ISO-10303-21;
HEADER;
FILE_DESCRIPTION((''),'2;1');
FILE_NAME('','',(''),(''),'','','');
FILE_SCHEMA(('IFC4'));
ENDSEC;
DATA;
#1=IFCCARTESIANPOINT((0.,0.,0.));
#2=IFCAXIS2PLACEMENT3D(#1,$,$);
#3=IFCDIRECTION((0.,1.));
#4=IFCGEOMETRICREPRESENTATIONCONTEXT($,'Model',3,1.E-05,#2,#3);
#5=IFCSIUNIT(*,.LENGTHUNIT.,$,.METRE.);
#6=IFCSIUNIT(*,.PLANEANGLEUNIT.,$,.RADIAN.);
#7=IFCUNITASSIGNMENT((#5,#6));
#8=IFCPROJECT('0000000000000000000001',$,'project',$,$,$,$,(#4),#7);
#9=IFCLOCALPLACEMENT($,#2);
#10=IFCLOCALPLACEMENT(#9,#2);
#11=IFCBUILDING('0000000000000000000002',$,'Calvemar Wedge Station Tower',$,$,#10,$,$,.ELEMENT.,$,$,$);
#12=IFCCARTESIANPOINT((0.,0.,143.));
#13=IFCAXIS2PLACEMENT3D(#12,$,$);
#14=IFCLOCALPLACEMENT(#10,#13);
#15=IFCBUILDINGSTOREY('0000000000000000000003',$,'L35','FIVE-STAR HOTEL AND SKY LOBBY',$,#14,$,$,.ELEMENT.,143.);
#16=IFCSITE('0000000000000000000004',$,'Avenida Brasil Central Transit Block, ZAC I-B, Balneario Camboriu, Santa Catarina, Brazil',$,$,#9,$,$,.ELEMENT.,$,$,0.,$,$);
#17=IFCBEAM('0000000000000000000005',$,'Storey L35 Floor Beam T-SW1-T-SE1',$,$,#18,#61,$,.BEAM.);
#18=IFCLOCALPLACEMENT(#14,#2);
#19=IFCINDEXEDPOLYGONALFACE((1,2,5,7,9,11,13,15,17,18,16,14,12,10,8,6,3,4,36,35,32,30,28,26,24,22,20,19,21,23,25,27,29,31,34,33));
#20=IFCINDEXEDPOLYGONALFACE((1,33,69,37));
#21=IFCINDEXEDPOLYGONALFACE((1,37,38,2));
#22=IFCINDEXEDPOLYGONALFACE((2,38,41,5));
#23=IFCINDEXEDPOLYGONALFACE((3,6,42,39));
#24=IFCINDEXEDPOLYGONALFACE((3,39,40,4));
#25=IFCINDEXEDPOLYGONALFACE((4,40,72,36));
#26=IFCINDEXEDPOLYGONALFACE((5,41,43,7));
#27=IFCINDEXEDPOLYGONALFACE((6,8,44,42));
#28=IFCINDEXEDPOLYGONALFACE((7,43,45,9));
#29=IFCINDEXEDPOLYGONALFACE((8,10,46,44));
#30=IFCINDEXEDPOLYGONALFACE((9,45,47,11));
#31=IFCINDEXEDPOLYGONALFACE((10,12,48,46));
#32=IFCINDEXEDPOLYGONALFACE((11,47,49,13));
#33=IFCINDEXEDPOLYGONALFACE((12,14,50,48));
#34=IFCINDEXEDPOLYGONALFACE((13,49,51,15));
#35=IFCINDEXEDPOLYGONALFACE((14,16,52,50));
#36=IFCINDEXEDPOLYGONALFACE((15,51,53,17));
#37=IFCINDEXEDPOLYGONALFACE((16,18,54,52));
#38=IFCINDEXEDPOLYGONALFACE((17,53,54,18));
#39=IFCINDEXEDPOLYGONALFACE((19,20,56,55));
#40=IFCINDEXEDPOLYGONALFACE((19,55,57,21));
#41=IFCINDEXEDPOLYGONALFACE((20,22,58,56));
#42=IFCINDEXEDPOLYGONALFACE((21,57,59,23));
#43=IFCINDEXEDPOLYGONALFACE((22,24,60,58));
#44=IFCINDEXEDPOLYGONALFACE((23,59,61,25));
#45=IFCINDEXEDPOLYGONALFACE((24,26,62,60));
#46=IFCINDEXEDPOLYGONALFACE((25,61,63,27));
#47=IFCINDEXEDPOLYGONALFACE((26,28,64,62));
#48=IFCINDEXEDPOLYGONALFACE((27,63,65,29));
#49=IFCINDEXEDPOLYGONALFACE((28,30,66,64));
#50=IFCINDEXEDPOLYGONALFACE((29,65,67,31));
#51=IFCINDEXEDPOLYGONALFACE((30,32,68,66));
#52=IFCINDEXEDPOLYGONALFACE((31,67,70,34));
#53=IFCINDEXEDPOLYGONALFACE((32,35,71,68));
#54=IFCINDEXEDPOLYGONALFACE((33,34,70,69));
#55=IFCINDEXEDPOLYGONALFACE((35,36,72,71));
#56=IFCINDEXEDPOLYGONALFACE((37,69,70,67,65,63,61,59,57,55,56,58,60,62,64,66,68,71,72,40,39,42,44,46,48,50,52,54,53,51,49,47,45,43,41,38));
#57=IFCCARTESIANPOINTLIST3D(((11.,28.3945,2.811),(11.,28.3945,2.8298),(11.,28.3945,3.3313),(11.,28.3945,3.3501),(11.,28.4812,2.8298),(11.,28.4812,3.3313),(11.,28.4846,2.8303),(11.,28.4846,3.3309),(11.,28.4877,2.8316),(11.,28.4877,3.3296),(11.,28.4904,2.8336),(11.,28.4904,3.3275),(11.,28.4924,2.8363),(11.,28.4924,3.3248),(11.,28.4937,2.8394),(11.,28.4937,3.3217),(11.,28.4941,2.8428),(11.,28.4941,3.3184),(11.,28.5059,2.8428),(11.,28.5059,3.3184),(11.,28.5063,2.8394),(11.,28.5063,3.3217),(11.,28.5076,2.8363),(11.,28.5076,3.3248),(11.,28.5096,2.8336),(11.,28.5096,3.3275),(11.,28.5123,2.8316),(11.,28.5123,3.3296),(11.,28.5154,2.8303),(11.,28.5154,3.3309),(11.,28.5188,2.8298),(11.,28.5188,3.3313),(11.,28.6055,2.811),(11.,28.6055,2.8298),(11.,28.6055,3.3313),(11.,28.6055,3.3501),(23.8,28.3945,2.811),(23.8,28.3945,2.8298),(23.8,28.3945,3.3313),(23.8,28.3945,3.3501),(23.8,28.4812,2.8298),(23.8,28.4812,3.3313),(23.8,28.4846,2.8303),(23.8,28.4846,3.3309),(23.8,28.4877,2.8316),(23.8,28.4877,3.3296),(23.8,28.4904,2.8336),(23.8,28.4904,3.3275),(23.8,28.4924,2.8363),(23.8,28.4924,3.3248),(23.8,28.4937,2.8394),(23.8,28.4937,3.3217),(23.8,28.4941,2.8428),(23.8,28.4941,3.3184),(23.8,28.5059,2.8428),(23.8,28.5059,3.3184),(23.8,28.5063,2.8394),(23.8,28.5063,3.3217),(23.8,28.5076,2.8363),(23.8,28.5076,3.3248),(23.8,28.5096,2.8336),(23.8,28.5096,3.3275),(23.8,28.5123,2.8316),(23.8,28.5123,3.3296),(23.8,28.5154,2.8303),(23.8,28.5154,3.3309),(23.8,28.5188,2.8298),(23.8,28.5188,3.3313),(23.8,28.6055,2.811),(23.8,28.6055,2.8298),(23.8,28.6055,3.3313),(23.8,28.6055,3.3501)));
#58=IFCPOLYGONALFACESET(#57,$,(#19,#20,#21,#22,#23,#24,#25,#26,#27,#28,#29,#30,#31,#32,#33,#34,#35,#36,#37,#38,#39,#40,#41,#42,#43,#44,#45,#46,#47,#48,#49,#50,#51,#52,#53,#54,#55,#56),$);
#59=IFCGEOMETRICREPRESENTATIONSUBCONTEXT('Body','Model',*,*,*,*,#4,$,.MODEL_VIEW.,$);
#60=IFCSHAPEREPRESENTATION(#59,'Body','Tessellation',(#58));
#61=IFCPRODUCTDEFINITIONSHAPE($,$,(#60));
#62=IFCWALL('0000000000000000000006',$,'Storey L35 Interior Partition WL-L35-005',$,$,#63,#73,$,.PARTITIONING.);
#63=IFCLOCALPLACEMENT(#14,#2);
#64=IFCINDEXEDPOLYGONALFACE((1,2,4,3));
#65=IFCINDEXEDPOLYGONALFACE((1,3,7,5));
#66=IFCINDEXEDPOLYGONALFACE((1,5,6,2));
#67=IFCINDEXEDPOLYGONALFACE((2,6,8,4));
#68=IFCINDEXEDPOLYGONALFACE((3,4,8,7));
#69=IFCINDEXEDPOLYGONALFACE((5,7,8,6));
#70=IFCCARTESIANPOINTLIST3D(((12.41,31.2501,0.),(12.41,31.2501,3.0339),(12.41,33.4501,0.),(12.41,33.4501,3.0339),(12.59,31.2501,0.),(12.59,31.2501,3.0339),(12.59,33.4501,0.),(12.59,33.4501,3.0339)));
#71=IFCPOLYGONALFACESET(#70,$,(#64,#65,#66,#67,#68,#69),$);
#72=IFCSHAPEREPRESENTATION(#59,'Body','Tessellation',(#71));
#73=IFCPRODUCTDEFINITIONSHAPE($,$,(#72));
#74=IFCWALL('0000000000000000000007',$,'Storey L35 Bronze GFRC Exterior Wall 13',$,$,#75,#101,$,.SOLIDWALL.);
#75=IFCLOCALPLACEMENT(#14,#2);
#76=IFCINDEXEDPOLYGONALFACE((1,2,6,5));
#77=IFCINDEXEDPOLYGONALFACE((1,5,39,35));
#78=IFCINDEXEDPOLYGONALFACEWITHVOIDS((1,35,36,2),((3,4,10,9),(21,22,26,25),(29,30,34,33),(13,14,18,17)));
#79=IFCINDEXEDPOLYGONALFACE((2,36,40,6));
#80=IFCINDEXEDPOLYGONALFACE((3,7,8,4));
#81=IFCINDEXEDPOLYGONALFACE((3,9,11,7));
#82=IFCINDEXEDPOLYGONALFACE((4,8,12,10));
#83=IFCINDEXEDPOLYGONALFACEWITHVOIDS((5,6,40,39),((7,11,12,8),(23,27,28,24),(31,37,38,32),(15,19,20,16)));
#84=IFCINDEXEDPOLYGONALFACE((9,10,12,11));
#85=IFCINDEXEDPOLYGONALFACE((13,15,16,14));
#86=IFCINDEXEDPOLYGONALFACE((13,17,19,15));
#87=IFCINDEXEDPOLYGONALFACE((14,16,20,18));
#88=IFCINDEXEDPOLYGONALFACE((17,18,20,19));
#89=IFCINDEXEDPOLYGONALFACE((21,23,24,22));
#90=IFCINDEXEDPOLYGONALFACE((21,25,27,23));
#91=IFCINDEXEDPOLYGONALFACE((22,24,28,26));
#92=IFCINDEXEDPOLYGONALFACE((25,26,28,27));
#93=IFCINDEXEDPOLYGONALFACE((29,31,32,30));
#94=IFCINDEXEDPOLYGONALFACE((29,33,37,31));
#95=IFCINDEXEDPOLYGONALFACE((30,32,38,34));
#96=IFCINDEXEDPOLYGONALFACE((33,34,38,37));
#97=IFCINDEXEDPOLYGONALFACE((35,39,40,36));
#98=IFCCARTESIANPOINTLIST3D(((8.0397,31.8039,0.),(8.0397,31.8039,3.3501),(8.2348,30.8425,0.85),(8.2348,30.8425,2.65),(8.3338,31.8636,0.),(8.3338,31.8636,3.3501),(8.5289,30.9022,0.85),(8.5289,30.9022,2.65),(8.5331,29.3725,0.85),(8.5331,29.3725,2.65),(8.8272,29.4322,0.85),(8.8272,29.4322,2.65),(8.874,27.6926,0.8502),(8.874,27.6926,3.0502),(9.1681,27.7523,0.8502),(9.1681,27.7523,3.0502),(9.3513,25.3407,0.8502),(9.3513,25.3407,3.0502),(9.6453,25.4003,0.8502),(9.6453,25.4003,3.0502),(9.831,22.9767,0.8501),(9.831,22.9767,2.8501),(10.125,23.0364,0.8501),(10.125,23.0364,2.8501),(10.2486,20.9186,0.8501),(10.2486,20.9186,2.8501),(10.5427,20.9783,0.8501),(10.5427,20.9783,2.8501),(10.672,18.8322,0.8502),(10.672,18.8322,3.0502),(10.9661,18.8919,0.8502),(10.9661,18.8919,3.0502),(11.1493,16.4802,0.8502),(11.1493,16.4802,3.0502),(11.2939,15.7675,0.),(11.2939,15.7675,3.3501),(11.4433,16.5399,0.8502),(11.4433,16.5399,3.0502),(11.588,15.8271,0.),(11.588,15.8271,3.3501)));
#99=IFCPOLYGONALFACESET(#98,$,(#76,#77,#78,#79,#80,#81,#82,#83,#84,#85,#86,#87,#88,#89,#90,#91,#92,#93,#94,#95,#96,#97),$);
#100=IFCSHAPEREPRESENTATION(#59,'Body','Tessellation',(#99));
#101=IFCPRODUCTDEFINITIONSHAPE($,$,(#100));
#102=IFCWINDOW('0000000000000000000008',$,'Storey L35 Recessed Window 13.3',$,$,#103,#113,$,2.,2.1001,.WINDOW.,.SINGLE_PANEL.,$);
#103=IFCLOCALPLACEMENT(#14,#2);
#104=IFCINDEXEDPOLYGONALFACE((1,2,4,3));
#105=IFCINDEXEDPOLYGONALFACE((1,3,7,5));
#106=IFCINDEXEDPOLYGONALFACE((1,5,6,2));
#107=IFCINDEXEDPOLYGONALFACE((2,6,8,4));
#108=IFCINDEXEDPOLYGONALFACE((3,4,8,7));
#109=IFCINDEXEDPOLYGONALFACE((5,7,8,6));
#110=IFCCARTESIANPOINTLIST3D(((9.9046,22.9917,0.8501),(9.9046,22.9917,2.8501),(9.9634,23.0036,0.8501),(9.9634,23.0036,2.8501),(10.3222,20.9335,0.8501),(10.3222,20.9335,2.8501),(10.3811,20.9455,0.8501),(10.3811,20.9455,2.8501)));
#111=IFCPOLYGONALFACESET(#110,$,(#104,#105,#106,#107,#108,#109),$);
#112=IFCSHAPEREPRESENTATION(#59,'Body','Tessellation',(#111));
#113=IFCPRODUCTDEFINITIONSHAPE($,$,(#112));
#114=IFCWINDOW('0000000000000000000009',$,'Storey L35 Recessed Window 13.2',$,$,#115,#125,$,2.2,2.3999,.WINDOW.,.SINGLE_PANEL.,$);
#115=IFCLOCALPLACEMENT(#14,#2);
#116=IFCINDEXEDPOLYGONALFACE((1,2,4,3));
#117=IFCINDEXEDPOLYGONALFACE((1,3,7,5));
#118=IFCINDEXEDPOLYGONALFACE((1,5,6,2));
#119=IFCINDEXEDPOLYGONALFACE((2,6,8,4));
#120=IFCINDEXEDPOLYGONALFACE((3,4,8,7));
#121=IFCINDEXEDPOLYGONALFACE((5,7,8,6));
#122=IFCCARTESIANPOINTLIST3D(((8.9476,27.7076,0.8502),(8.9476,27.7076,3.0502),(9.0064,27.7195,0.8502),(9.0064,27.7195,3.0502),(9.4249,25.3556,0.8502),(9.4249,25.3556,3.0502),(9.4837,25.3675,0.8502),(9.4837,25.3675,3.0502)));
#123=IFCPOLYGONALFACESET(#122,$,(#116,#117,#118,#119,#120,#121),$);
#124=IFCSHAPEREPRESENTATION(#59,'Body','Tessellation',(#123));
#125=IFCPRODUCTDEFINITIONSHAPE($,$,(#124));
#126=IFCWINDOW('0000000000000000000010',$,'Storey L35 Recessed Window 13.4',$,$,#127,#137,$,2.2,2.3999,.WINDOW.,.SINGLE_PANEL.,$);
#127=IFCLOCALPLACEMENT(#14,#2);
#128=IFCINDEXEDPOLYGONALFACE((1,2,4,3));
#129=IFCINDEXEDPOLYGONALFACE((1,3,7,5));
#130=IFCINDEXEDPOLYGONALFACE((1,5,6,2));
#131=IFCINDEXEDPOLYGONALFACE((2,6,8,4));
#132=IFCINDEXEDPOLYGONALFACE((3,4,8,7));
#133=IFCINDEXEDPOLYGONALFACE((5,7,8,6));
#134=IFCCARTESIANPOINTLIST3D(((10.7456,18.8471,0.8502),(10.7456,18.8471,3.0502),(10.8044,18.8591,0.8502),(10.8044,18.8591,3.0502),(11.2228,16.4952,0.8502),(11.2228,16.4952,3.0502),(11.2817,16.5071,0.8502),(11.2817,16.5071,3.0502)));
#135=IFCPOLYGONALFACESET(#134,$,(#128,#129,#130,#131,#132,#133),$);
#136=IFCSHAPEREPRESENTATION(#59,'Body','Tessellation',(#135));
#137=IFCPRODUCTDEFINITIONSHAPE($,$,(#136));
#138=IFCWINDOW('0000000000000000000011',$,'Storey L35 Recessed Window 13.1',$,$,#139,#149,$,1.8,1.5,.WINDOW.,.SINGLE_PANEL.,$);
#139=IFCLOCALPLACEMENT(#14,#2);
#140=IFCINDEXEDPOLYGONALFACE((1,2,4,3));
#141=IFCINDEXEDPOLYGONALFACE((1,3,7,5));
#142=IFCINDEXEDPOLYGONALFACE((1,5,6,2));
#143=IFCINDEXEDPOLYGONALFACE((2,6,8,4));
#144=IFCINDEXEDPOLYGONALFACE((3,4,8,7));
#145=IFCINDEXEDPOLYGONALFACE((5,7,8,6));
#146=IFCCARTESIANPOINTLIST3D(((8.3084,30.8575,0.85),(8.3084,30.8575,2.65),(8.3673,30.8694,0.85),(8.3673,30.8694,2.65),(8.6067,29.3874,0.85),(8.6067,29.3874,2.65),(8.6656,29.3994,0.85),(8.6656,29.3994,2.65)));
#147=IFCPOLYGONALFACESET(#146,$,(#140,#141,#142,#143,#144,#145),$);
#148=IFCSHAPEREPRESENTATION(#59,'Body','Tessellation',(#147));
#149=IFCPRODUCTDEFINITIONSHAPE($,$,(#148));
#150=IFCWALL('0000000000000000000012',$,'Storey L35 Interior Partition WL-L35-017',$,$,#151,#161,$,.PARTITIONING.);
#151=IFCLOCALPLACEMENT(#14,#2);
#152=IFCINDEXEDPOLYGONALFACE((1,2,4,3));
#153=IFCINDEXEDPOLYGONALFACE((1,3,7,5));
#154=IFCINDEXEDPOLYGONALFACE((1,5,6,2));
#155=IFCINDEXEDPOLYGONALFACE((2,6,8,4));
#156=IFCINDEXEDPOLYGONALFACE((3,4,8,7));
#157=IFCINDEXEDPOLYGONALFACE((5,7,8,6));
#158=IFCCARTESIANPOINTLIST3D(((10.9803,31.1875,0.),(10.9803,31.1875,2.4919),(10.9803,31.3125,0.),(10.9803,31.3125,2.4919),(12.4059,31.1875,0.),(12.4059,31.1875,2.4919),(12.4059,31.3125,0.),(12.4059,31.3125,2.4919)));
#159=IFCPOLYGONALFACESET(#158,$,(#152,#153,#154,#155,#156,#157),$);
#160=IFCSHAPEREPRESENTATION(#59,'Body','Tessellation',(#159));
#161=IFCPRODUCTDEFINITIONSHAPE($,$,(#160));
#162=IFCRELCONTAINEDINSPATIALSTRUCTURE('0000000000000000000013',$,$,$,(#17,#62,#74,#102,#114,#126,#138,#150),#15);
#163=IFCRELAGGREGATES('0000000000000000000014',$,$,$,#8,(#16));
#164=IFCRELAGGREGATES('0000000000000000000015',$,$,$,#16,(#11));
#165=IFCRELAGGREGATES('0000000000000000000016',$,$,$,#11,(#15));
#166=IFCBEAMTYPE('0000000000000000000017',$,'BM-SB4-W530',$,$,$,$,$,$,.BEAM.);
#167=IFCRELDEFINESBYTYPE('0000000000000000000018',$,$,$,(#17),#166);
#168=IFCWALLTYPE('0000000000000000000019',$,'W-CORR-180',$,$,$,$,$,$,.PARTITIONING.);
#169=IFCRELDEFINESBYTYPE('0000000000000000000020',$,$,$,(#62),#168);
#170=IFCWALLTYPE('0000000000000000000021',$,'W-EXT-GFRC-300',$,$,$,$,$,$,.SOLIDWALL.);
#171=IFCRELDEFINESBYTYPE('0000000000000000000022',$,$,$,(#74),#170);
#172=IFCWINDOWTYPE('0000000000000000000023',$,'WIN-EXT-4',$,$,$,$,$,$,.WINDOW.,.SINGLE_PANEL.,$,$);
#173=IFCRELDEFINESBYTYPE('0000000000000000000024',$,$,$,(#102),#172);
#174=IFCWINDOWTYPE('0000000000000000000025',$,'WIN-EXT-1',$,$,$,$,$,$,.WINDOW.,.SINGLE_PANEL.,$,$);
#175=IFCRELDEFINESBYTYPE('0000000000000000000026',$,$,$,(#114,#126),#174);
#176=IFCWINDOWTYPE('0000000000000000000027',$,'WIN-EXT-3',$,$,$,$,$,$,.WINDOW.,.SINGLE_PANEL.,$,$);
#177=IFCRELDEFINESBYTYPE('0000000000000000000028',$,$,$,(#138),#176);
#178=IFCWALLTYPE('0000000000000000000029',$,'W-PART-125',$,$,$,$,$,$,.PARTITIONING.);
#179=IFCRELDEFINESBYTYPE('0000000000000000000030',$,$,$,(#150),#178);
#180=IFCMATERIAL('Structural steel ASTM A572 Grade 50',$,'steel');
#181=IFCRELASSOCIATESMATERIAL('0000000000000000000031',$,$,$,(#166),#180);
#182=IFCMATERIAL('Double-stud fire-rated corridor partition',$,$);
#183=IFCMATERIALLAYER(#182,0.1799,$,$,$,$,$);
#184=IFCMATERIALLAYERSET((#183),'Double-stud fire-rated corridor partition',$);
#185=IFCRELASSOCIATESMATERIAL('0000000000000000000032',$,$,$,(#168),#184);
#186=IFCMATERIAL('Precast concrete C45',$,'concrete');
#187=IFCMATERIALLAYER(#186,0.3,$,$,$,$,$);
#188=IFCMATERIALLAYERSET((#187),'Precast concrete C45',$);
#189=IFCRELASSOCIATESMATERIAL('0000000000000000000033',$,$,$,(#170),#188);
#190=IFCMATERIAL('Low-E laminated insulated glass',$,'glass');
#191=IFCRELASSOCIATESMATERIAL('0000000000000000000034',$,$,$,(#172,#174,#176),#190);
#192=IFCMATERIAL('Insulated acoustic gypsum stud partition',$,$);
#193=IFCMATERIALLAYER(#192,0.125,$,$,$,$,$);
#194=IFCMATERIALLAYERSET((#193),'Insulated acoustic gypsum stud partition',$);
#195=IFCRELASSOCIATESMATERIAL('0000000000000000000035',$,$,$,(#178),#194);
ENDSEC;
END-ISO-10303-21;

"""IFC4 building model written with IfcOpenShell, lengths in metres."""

from ifc_helpers import new_model, si_unit, direction, frame, frame_2d, origin, origin_2d, place, context, subcontext, project, spatial, rectangle, i_section, extrude, source, transform, mapped, material, layer, layer_set, material_profile, profile_set, type_object, element, fill, save


model = new_model("IFC4")

# Units and contexts
model_context = context("Model", 3, precision=1e-05, world=origin(), true_north=direction((0.0, 1.0)))
body_context = subcontext(model_context, "Body", "Model", "MODEL_VIEW")
ifc_project = project(units=[si_unit("LENGTHUNIT", "METRE"), si_unit("PLANEANGLEUNIT", "RADIAN")], contexts=[model_context])

# Site, building, storey
site_placement = place(None, origin())
site = spatial("IfcSite", under=ifc_project, at=site_placement, Name="Avenida Brasil Central Transit Block, ZAC I-B, Balneario Camboriu, Santa Catarina, Brazil", CompositionType="ELEMENT", RefElevation=0.0)
building_placement = place(site_placement, origin())
building = spatial("IfcBuilding", under=site, at=building_placement, Name="Calvemar Wedge Station Tower", CompositionType="ELEMENT")
storey_placement = place(building_placement, frame((0.0, 0.0, 143.0)))
storey = spatial("IfcBuildingStorey", under=building, at=storey_placement, Name="L35", Description="FIVE-STAR HOTEL AND SKY LOBBY", CompositionType="ELEMENT", Elevation=143.0)

# Beam
ifc_material_1 = material(Name="Structural steel ASTM A572 Grade 50", Category="steel")
ifc_material_profile_1 = material_profile(ifc_material_1, i_section(OverallWidth=0.2109, OverallDepth=0.5391, WebThickness=0.0117, FlangeThickness=0.0188, FilletRadius=0.0129, at=origin_2d()), Name="W530x109")
ifc_profile_set_1 = profile_set([ifc_material_profile_1], Name="Structural steel ASTM A572 Grade 50")
beam_type_1 = type_object("IfcBeamType", Name="BM-SB4-W530", PredefinedType="BEAM", material=ifc_profile_set_1)
shared_shape_1 = source(origin(), body_context, "Body", "SweptSolid", [
    extrude(i_section(OverallWidth=0.2109, OverallDepth=0.5391, WebThickness=0.0117, FlangeThickness=0.0188, FilletRadius=0.0129, at=origin_2d()), origin(), (0.0, 0.0, 1.0), 12.8),
])
beam_1_placement = place(storey_placement, frame((11.0, 28.5, 3.0806), z_axis=(1.0, 0.0, 0.0), x_axis=(0.0, 1.0, 0.0)))
element("IfcBeam", 1, at=beam_1_placement, inside=storey, type_object=beam_type_1, Name="Storey L35 Floor Beam T-SW1-T-SE1", PredefinedType="BEAM", context=body_context, shape_type="MappedRepresentation", body=[
    mapped(shared_shape_1, transform((0.0, 0.0, 0.0), scale=1.0)),
])

# Wall
ifc_material_2 = material(Name="Double-stud fire-rated corridor partition")
ifc_layer_1 = layer(ifc_material_2, 0.1799)
ifc_layer_set_1 = layer_set([ifc_layer_1], Name="Double-stud fire-rated corridor partition")
wall_type_1 = type_object("IfcWallType", Name="W-CORR-180", PredefinedType="PARTITIONING", material=ifc_layer_set_1)
wall_1_placement = place(storey_placement, frame((12.5, 31.25, 0.0), z_axis=(0.0, 0.0, 1.0), x_axis=(0.0, 1.0, 0.0)))
element("IfcWall", 2, at=wall_1_placement, inside=storey, type_object=wall_type_1, Name="Storey L35 Interior Partition WL-L35-005", PredefinedType="PARTITIONING", context=body_context, shape_type="SweptSolid", body=[
    extrude(rectangle(XDim=2.2, YDim=0.1799, at=frame_2d((1.1001, 0.0))), origin(), (0.0, 0.0, 1.0), 3.0339),
])

# Wall, openings, windows
ifc_material_3 = material(Name="Precast concrete C45", Category="concrete")
ifc_layer_2 = layer(ifc_material_3, 0.3)
ifc_layer_set_2 = layer_set([ifc_layer_2], Name="Precast concrete C45")
wall_type_2 = type_object("IfcWallType", Name="W-EXT-GFRC-300", PredefinedType="SOLIDWALL", material=ifc_layer_set_2)
wall_2_placement = place(storey_placement, frame((8.1868, 31.8337, 0.0), z_axis=(0.0, 0.0, 1.0), x_axis=(0.19887, -0.980026, 0.0)))
wall_2 = element("IfcWall", 3, at=wall_2_placement, inside=storey, type_object=wall_type_2, Name="Storey L35 Bronze GFRC Exterior Wall 13", PredefinedType="SOLIDWALL", context=body_context, shape_type="SweptSolid", body=[
    extrude(rectangle(XDim=16.3633, YDim=0.3, at=frame_2d((8.1816, 0.0))), origin(), (0.0, 0.0, 1.0), 3.3501),
])
shared_shape_2 = source(origin(), body_context, "Body", "SweptSolid", [
    extrude(rectangle(XDim=1.5, YDim=1.8, at=frame_2d((0.75, 0.8999))), frame((0.0, 0.1602, 0.0), z_axis=(0.0, -1.0, 0.0), x_axis=(1.0, 0.0, 0.0)), (0.0, 0.0, 1.0), 0.3201),
])
opening_1_placement = place(wall_2_placement, frame((0.981, 0.0, 0.8501)))
opening_1 = element("IfcOpeningElement", 4, at=opening_1_placement, cuts=wall_2, PredefinedType="OPENING", context=body_context, shape_type="MappedRepresentation", body=[
    mapped(shared_shape_2, transform((0.0, 0.0, 0.0), scale=1.0)),
])
shared_shape_3 = source(origin(), body_context, "Body", "SweptSolid", [
    extrude(rectangle(XDim=2.3999, YDim=2.2, at=frame_2d((1.2, 1.1001))), frame((0.0, 0.1602, 0.0), z_axis=(0.0, -1.0, 0.0), x_axis=(1.0, 0.0, 0.0)), (0.0, 0.0, 1.0), 0.3201),
])
opening_2_placement = place(wall_2_placement, frame((4.1951, 0.0, 0.8501)))
opening_2 = element("IfcOpeningElement", 5, at=opening_2_placement, cuts=wall_2, PredefinedType="OPENING", context=body_context, shape_type="MappedRepresentation", body=[
    mapped(shared_shape_3, transform((0.0, 0.0, 0.0), scale=1.0)),
])
shared_shape_4 = source(origin(), body_context, "Body", "SweptSolid", [
    extrude(rectangle(XDim=2.1001, YDim=2.0, at=frame_2d((1.05, 1.0))), frame((0.0, 0.1602, 0.0), z_axis=(0.0, -1.0, 0.0), x_axis=(1.0, 0.0, 0.0)), (0.0, 0.0, 1.0), 0.3201),
])
opening_3_placement = place(wall_2_placement, frame((9.0071, 0.0, 0.8501)))
opening_3 = element("IfcOpeningElement", 6, at=opening_3_placement, cuts=wall_2, PredefinedType="OPENING", context=body_context, shape_type="MappedRepresentation", body=[
    mapped(shared_shape_4, transform((0.0, 0.0, 0.0), scale=1.0)),
])
opening_4_placement = place(wall_2_placement, frame((13.2361, 0.0, 0.8501)))
opening_4 = element("IfcOpeningElement", 7, at=opening_4_placement, cuts=wall_2, PredefinedType="OPENING", context=body_context, shape_type="MappedRepresentation", body=[
    mapped(shared_shape_3, transform((0.0, 0.0, 0.0), scale=1.0)),
])
ifc_material_4 = material(Name="Low-E laminated insulated glass", Category="glass")
window_type_1 = type_object("IfcWindowType", Name="WIN-EXT-4", PartitioningType="SINGLE_PANEL", PredefinedType="WINDOW", material=ifc_material_4)
shared_shape_5 = source(origin(), body_context, "Body", "SweptSolid", [
    extrude(rectangle(XDim=2.1001, YDim=2.0, at=frame_2d((1.05, 1.0))), frame((0.0, -0.0149, 0.0), z_axis=(0.0, -1.0, 0.0), x_axis=(1.0, 0.0, 0.0)), (0.0, 0.0, 1.0), 0.0601),
])
window_1_placement = place(opening_3_placement, origin())
window_1 = element("IfcWindow", 8, at=window_1_placement, inside=storey, type_object=window_type_1, Name="Storey L35 Recessed Window 13.3", OverallHeight=2.0, OverallWidth=2.1001, PartitioningType="SINGLE_PANEL", PredefinedType="WINDOW", context=body_context, shape_type="MappedRepresentation", body=[
    mapped(shared_shape_5, transform((0.0, 0.0, 0.0), scale=1.0)),
])
fill(opening_3, window_1)
window_type_2 = type_object("IfcWindowType", Name="WIN-EXT-1", PartitioningType="SINGLE_PANEL", PredefinedType="WINDOW", material=ifc_material_4)
shared_shape_6 = source(origin(), body_context, "Body", "SweptSolid", [
    extrude(rectangle(XDim=2.3999, YDim=2.2, at=frame_2d((1.2, 1.1001))), frame((0.0, -0.0149, 0.0), z_axis=(0.0, -1.0, 0.0), x_axis=(1.0, 0.0, 0.0)), (0.0, 0.0, 1.0), 0.0601),
])
window_2_placement = place(opening_2_placement, origin())
window_2 = element("IfcWindow", 9, at=window_2_placement, inside=storey, type_object=window_type_2, Name="Storey L35 Recessed Window 13.2", OverallHeight=2.2, OverallWidth=2.3999, PartitioningType="SINGLE_PANEL", PredefinedType="WINDOW", context=body_context, shape_type="MappedRepresentation", body=[
    mapped(shared_shape_6, transform((0.0, 0.0, 0.0), scale=1.0)),
])
fill(opening_2, window_2)
window_3_placement = place(opening_4_placement, origin())
window_3 = element("IfcWindow", 10, at=window_3_placement, inside=storey, type_object=window_type_2, Name="Storey L35 Recessed Window 13.4", OverallHeight=2.2, OverallWidth=2.3999, PartitioningType="SINGLE_PANEL", PredefinedType="WINDOW", context=body_context, shape_type="MappedRepresentation", body=[
    mapped(shared_shape_6, transform((0.0, 0.0, 0.0), scale=1.0)),
])
fill(opening_4, window_3)
window_type_3 = type_object("IfcWindowType", Name="WIN-EXT-3", PartitioningType="SINGLE_PANEL", PredefinedType="WINDOW", material=ifc_material_4)
shared_shape_7 = source(origin(), body_context, "Body", "SweptSolid", [
    extrude(rectangle(XDim=1.5, YDim=1.8, at=frame_2d((0.75, 0.8999))), frame((0.0, -0.0149, 0.0), z_axis=(0.0, -1.0, 0.0), x_axis=(1.0, 0.0, 0.0)), (0.0, 0.0, 1.0), 0.0601),
])
window_4_placement = place(opening_1_placement, origin())
window_4 = element("IfcWindow", 11, at=window_4_placement, inside=storey, type_object=window_type_3, Name="Storey L35 Recessed Window 13.1", OverallHeight=1.8, OverallWidth=1.5, PartitioningType="SINGLE_PANEL", PredefinedType="WINDOW", context=body_context, shape_type="MappedRepresentation", body=[
    mapped(shared_shape_7, transform((0.0, 0.0, 0.0), scale=1.0)),
])
fill(opening_1, window_4)

# Wall
ifc_material_5 = material(Name="Insulated acoustic gypsum stud partition")
ifc_layer_3 = layer(ifc_material_5, 0.125)
ifc_layer_set_3 = layer_set([ifc_layer_3], Name="Insulated acoustic gypsum stud partition")
wall_type_3 = type_object("IfcWallType", Name="W-PART-125", PredefinedType="PARTITIONING", material=ifc_layer_set_3)
wall_3_placement = place(storey_placement, frame((12.406, 31.25, 0.0), z_axis=(0.0, 0.0, 1.0), x_axis=(-1.0, 0.0, 0.0)))
element("IfcWall", 12, at=wall_3_placement, inside=storey, type_object=wall_type_3, Name="Storey L35 Interior Partition WL-L35-017", PredefinedType="PARTITIONING", context=body_context, shape_type="SweptSolid", body=[
    extrude(rectangle(XDim=1.4255, YDim=0.125, at=frame_2d((0.7129, 0.0))), origin(), (0.0, 0.0, 1.0), 2.4919),
])

save(model, "model.ifc")
